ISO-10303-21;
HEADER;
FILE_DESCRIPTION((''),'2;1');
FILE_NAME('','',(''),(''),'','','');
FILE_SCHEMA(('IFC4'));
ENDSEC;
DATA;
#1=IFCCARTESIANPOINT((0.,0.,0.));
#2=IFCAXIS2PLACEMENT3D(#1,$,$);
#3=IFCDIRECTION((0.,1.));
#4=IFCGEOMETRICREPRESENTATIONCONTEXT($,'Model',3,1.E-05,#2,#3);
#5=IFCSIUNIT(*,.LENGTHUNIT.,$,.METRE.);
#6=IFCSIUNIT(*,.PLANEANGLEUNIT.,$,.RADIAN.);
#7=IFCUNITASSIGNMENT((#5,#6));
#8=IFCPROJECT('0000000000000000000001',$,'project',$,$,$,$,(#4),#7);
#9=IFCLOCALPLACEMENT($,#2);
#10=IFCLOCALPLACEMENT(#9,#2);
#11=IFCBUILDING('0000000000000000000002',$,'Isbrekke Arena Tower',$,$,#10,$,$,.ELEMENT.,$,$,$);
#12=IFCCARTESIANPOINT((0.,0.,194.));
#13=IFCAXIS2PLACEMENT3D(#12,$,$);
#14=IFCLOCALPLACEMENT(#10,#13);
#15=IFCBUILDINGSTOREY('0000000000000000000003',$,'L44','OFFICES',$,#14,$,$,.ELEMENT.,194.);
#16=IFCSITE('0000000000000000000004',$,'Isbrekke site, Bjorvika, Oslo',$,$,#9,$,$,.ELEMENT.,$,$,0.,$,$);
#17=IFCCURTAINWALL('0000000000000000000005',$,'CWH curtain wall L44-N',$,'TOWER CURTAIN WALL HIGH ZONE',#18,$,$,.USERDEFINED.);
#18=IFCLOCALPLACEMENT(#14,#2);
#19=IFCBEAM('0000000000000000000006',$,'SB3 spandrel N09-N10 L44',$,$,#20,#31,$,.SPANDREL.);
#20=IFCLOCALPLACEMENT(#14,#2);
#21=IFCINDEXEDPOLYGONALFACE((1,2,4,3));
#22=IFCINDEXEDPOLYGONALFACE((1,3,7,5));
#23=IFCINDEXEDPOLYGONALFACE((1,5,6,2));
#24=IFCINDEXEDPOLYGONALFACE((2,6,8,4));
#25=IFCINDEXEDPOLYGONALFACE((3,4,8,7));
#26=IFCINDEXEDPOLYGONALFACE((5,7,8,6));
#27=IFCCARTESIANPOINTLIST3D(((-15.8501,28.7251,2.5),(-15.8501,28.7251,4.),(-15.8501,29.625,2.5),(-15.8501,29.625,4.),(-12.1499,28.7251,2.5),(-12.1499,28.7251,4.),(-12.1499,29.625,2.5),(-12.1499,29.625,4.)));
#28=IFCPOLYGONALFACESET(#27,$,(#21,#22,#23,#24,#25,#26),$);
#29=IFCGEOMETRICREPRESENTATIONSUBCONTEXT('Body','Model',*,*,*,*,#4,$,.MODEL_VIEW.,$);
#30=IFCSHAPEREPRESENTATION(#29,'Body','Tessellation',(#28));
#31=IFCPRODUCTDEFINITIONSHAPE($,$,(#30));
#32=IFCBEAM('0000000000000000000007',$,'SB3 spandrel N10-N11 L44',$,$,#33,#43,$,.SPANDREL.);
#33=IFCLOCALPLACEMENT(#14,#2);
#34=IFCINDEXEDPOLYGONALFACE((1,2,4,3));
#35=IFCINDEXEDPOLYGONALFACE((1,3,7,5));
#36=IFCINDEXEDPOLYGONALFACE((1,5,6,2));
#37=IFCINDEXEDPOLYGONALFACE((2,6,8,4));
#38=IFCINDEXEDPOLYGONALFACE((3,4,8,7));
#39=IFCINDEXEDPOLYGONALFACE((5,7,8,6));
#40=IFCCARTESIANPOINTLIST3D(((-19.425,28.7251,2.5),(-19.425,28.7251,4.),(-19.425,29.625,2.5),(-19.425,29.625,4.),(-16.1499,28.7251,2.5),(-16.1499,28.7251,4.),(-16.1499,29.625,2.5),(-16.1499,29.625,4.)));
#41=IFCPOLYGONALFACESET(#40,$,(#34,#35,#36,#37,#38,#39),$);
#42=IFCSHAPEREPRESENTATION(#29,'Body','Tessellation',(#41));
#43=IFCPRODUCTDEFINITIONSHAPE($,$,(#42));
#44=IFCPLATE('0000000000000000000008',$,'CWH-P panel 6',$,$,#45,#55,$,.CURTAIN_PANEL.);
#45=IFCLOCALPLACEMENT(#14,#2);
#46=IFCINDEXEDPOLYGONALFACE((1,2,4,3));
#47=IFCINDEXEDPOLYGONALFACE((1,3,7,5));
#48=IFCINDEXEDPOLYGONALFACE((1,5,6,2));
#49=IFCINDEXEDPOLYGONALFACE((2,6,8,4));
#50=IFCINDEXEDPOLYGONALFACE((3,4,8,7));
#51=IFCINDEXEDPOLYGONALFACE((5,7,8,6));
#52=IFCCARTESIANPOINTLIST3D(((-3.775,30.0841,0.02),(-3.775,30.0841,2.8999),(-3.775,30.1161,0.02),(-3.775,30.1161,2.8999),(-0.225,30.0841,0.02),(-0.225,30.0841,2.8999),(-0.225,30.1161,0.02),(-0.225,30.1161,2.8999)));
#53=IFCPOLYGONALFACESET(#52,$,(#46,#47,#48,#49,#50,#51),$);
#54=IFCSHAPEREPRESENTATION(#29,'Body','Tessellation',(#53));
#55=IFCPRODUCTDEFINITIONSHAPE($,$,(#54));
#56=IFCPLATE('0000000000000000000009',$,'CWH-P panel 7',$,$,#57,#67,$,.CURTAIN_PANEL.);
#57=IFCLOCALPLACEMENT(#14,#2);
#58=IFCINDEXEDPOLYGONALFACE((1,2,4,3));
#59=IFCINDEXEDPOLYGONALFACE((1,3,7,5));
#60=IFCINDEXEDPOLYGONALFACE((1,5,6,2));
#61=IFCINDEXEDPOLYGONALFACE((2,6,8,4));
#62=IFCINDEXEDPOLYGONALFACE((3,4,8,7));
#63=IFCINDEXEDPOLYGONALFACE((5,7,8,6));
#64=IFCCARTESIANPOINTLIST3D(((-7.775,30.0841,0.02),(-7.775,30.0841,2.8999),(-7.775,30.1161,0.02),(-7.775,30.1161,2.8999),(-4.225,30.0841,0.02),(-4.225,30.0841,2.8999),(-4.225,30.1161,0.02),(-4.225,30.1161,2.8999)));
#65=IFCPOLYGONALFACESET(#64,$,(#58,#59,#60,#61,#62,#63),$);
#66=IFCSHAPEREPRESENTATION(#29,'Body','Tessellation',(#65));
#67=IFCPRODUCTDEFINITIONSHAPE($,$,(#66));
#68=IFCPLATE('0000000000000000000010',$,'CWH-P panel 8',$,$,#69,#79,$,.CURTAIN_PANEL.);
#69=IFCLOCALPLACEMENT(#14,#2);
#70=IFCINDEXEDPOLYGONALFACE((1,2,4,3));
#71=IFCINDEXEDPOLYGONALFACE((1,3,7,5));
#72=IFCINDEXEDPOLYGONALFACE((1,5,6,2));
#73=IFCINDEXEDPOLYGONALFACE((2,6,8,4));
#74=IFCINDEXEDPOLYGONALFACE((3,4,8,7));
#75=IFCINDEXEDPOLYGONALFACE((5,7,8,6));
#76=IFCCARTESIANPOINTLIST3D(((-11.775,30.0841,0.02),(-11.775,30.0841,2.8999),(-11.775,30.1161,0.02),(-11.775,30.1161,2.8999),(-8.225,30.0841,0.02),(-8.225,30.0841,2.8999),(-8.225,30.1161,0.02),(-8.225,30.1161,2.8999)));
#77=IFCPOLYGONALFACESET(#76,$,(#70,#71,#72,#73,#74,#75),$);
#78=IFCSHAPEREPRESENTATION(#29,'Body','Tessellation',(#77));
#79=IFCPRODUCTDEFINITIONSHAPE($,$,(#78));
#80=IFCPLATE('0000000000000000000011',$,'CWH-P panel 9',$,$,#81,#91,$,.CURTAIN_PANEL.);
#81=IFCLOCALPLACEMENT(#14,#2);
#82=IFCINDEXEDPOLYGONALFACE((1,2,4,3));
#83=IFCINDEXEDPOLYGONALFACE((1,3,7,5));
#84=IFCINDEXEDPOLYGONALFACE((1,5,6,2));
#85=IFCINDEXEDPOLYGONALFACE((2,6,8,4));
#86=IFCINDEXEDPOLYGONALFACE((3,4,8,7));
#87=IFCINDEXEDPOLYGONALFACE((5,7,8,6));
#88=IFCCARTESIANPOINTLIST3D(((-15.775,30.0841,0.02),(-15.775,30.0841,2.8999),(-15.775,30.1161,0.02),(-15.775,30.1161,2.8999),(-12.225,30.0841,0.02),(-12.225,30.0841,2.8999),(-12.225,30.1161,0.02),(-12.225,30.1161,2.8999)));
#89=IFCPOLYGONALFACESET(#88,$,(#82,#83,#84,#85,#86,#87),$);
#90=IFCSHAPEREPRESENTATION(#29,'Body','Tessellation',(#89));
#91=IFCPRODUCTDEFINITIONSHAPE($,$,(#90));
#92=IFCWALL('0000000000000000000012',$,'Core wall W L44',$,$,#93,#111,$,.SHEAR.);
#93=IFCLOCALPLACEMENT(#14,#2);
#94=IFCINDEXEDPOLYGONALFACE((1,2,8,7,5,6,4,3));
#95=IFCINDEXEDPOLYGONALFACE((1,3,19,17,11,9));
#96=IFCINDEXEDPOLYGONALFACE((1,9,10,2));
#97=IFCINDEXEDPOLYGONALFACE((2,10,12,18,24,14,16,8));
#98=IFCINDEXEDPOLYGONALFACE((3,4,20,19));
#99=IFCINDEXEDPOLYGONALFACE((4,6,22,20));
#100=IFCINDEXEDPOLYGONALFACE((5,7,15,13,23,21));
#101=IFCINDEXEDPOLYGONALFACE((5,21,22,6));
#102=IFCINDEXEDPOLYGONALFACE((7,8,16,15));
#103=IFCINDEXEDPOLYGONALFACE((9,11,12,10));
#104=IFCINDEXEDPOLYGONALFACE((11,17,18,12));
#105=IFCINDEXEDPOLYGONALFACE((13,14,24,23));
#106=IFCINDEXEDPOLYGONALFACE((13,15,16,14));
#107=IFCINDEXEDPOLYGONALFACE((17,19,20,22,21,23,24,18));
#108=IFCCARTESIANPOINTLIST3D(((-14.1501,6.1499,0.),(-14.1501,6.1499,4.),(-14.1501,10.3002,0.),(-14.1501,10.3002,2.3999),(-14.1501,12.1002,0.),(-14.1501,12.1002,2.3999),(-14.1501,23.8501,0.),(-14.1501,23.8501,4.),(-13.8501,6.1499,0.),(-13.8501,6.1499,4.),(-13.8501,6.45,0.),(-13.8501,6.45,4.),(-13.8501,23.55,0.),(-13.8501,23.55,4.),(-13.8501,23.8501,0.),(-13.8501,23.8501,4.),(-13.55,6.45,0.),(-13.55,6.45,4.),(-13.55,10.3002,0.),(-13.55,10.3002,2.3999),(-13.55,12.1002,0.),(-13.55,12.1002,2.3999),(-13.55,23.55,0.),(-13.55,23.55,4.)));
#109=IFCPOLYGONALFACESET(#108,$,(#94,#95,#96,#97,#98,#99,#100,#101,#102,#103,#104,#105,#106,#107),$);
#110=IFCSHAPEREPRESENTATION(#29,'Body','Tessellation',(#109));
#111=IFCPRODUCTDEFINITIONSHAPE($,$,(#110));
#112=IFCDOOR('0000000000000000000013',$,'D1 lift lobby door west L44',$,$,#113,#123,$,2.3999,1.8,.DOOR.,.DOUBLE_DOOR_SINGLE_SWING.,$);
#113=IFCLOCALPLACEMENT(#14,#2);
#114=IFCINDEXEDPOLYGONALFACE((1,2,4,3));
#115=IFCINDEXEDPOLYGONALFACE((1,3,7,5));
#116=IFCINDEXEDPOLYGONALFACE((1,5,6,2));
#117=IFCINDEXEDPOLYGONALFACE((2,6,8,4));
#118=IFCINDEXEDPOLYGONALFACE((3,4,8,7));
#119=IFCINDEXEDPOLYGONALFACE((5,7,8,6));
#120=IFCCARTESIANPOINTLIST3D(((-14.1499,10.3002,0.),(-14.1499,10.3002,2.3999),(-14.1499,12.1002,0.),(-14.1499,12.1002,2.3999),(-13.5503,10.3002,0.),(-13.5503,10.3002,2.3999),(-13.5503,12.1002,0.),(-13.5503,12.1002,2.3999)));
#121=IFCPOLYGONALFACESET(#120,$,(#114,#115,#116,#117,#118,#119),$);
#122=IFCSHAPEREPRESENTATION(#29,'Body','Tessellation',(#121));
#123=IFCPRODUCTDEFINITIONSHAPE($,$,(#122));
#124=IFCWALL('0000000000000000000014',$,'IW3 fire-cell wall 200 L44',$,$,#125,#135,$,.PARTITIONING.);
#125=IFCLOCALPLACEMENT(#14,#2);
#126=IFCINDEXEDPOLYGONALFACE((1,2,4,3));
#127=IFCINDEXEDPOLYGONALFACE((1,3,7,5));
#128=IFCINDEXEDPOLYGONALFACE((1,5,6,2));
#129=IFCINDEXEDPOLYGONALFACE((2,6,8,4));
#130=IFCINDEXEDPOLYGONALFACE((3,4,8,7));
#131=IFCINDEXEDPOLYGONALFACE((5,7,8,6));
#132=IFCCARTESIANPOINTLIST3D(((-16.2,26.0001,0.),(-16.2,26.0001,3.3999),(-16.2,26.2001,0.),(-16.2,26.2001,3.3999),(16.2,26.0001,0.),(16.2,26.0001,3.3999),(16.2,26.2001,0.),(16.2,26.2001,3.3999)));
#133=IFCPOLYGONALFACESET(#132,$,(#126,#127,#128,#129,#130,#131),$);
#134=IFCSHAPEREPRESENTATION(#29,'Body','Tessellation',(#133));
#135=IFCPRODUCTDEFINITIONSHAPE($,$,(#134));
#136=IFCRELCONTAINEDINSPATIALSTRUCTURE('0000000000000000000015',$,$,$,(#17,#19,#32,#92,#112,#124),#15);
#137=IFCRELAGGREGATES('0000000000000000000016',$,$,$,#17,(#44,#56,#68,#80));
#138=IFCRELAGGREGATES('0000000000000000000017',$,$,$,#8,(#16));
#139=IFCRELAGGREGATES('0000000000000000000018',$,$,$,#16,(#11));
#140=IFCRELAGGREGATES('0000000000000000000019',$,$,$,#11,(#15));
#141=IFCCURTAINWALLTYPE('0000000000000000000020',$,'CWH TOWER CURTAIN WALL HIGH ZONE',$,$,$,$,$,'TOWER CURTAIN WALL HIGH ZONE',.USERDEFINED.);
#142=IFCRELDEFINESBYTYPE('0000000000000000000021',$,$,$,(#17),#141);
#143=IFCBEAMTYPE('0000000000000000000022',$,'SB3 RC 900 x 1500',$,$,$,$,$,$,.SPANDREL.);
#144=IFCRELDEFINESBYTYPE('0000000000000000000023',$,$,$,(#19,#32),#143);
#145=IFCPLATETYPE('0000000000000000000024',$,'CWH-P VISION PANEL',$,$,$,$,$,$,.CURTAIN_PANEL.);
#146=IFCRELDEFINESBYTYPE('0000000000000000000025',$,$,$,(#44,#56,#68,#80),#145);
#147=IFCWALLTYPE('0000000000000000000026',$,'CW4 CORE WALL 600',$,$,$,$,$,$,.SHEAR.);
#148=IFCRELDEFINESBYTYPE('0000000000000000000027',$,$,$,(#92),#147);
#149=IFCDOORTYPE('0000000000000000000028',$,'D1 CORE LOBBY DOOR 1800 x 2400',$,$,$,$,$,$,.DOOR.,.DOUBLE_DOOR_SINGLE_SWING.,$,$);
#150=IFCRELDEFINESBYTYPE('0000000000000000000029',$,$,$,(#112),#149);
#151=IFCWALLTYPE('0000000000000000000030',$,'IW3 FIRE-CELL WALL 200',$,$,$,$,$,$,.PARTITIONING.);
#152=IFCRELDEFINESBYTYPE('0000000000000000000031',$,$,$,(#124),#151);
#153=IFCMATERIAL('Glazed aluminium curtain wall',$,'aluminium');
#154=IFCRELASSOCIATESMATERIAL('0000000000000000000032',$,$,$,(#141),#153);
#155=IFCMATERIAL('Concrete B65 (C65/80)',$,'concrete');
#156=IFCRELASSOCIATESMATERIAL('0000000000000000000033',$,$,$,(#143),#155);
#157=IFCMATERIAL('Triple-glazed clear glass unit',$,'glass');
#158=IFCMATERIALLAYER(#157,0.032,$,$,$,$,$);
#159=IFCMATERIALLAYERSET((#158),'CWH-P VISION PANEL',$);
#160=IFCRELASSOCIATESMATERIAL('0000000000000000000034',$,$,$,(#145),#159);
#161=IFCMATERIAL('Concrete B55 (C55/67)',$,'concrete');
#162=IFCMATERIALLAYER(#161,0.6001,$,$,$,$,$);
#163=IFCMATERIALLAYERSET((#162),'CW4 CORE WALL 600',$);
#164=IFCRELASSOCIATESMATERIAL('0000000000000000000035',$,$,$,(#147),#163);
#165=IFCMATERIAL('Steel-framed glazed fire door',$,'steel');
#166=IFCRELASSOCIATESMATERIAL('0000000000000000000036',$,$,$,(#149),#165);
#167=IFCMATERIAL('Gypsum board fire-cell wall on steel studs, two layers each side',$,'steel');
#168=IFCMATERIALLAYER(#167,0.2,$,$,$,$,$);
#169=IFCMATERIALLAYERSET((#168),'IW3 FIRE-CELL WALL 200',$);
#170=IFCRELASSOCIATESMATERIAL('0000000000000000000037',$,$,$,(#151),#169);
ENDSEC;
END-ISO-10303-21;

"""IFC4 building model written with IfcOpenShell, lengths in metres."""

from ifc_helpers import new_model, si_unit, direction, frame, frame_2d, origin, origin_2d, place, context, subcontext, project, spatial, polyline, rectangle, outline, extrude, material, layer, layer_set, material_profile, profile_set, type_object, element, fill, aggregate, save


model = new_model("IFC4")

# Units and contexts
model_context = context("Model", 3, precision=1e-05, world=origin(), true_north=direction((0.0, 1.0)))
body_context = subcontext(model_context, "Body", "Model", "MODEL_VIEW")
ifc_project = project(units=[si_unit("LENGTHUNIT", "METRE"), si_unit("PLANEANGLEUNIT", "RADIAN")], contexts=[model_context])

# Site, building, storey
site_placement = place(None, origin())
site = spatial("IfcSite", under=ifc_project, at=site_placement, Name="Isbrekke site, Bjorvika, Oslo", CompositionType="ELEMENT", RefElevation=0.0)
building_placement = place(site_placement, origin())
building = spatial("IfcBuilding", under=site, at=building_placement, Name="Isbrekke Arena Tower", CompositionType="ELEMENT")
storey_placement = place(building_placement, frame((0.0, 0.0, 194.0)))
storey = spatial("IfcBuildingStorey", under=building, at=storey_placement, Name="L44", Description="OFFICES", CompositionType="ELEMENT", Elevation=194.0)

# Curtain wall
ifc_material_1 = material(Name="Glazed aluminium curtain wall", Category="aluminium")
curtain_wall_type = type_object("IfcCurtainWallType", Name="CWH TOWER CURTAIN WALL HIGH ZONE", ElementType="TOWER CURTAIN WALL HIGH ZONE", PredefinedType="USERDEFINED", material=ifc_material_1)
curtain_wall_placement = place(storey_placement, origin())
curtain_wall = element("IfcCurtainWall", 1, at=curtain_wall_placement, inside=storey, type_object=curtain_wall_type, Name="CWH curtain wall L44-N", ObjectType="TOWER CURTAIN WALL HIGH ZONE", PredefinedType="USERDEFINED")

# Beams
ifc_material_2 = material(Name="Concrete B65 (C65/80)", Category="concrete")
ifc_material_profile_1 = material_profile(ifc_material_2, rectangle(XDim=0.8999, YDim=1.5, at=origin_2d()), Name="RC 900x1500")
ifc_profile_set_1 = profile_set([ifc_material_profile_1], Name="Concrete B65 (C65/80)")
beam_type_1 = type_object("IfcBeamType", Name="SB3 RC 900 x 1500", PredefinedType="SPANDREL", material=ifc_profile_set_1)
for number, where, z_axis, x_axis, name in (
    (2, (-12.1499, 29.175, 3.25), (-1.0, 0.0, 0.0), (0.0, -1.0, 0.0), "SB3 spandrel N09-N10 L44"),
):
    element("IfcBeam", number, at=place(storey_placement, frame(where, z_axis=z_axis, x_axis=x_axis)), inside=storey, type_object=beam_type_1, Name=name, PredefinedType="SPANDREL", context=body_context, shape_type="SweptSolid", body=[
        extrude(rectangle(XDim=0.8999, YDim=1.5, at=origin_2d()), origin(), (0.0, 0.0, 1.0), 3.7002),
    ])
beam_1_placement = place(storey_placement, frame((-16.1499, 29.175, 3.25), z_axis=(-1.0, 0.0, 0.0), x_axis=(0.0, -1.0, 0.0)))
element("IfcBeam", 3, at=beam_1_placement, inside=storey, type_object=beam_type_1, Name="SB3 spandrel N10-N11 L44", PredefinedType="SPANDREL", context=body_context, shape_type="SweptSolid", body=[
    extrude(rectangle(XDim=0.8999, YDim=1.5, at=origin_2d()), origin(), (0.0, 0.0, 1.0), 3.2751),
])

# Plates
ifc_material_3 = material(Name="Triple-glazed clear glass unit", Category="glass")
ifc_layer_1 = layer(ifc_material_3, 0.032)
ifc_layer_set_1 = layer_set([ifc_layer_1], Name="CWH-P VISION PANEL")
plate_type = type_object("IfcPlateType", Name="CWH-P VISION PANEL", PredefinedType="CURTAIN_PANEL", material=ifc_layer_set_1)
plate_1_placement = place(storey_placement, frame((-2.0, 30.1001, 0.02), z_axis=(0.0, 0.0, 1.0), x_axis=(-1.0, 0.0, 0.0)))
plate_1 = element("IfcPlate", 4, at=plate_1_placement, type_object=plate_type, Name="CWH-P panel 6", PredefinedType="CURTAIN_PANEL", context=body_context, shape_type="SweptSolid", body=[
    extrude(rectangle(XDim=3.55, YDim=0.032, at=origin_2d()), origin(), (0.0, 0.0, 1.0), 2.8799),
])
plate_2_placement = place(storey_placement, frame((-6.0, 30.1001, 0.02), z_axis=(0.0, 0.0, 1.0), x_axis=(-1.0, 0.0, 0.0)))
plate_2 = element("IfcPlate", 5, at=plate_2_placement, type_object=plate_type, Name="CWH-P panel 7", PredefinedType="CURTAIN_PANEL", context=body_context, shape_type="SweptSolid", body=[
    extrude(rectangle(XDim=3.55, YDim=0.032, at=origin_2d()), origin(), (0.0, 0.0, 1.0), 2.8799),
])
plate_3_placement = place(storey_placement, frame((-10.0, 30.1001, 0.02), z_axis=(0.0, 0.0, 1.0), x_axis=(-1.0, 0.0, 0.0)))
plate_3 = element("IfcPlate", 6, at=plate_3_placement, type_object=plate_type, Name="CWH-P panel 8", PredefinedType="CURTAIN_PANEL", context=body_context, shape_type="SweptSolid", body=[
    extrude(rectangle(XDim=3.55, YDim=0.032, at=origin_2d()), origin(), (0.0, 0.0, 1.0), 2.8799),
])
plate_4_placement = place(storey_placement, frame((-14.0, 30.1001, 0.02), z_axis=(0.0, 0.0, 1.0), x_axis=(-1.0, 0.0, 0.0)))
plate_4 = element("IfcPlate", 7, at=plate_4_placement, type_object=plate_type, Name="CWH-P panel 9", PredefinedType="CURTAIN_PANEL", context=body_context, shape_type="SweptSolid", body=[
    extrude(rectangle(XDim=3.55, YDim=0.032, at=origin_2d()), origin(), (0.0, 0.0, 1.0), 2.8799),
])
aggregate(curtain_wall, [plate_1, plate_2, plate_3, plate_4])

# Wall, opening, door
ifc_material_4 = material(Name="Concrete B55 (C55/67)", Category="concrete")
ifc_layer_2 = layer(ifc_material_4, 0.6001)
ifc_layer_set_2 = layer_set([ifc_layer_2], Name="CW4 CORE WALL 600")
wall_type_1 = type_object("IfcWallType", Name="CW4 CORE WALL 600", PredefinedType="SHEAR", material=ifc_layer_set_2)
wall_1_placement = place(storey_placement, frame((-13.8501, 23.8501, 0.0), z_axis=(0.0, 0.0, 1.0), x_axis=(0.0, -1.0, 0.0)))
wall_1 = element("IfcWall", 8, at=wall_1_placement, inside=storey, type_object=wall_type_1, Name="Core wall W L44", PredefinedType="SHEAR", context=body_context, shape_type="SweptSolid", body=[
    extrude(outline(polyline([(0.0, -0.3), (17.7002, -0.3), (17.7002, 0.0), (17.4001, 0.0), (17.4001, 0.3), (0.3, 0.3), (0.3, 0.0), (0.0, 0.0), (0.0, -0.3)])), origin(), (0.0, 0.0, 1.0), 4.0),
])
opening_placement = place(wall_1_placement, frame((11.75, 0.0, 0.0)))
opening = element("IfcOpeningElement", 9, at=opening_placement, cuts=wall_1, PredefinedType="OPENING", context=body_context, shape_type="SweptSolid", body=[
    extrude(rectangle(XDim=1.8, YDim=2.3999, at=frame_2d((0.8999, 1.2))), frame((0.0, 0.3149, 0.0), z_axis=(0.0, -1.0, 0.0), x_axis=(1.0, 0.0, 0.0)), (0.0, 0.0, 1.0), 0.6299),
])
ifc_material_5 = material(Name="Steel-framed glazed fire door", Category="steel")
door_type = type_object("IfcDoorType", Name="D1 CORE LOBBY DOOR 1800 x 2400", OperationType="DOUBLE_DOOR_SINGLE_SWING", PredefinedType="DOOR", material=ifc_material_5)
door_placement = place(opening_placement, origin())
door = element("IfcDoor", 10, at=door_placement, inside=storey, type_object=door_type, Name="D1 lift lobby door west L44", OperationType="DOUBLE_DOOR_SINGLE_SWING", OverallHeight=2.3999, OverallWidth=1.8, PredefinedType="DOOR", context=body_context, shape_type="SweptSolid", body=[
    extrude(rectangle(XDim=1.8, YDim=2.3999, at=frame_2d((0.8999, 1.2))), frame((0.0, 0.2998, 0.0), z_axis=(0.0, -1.0, 0.0), x_axis=(1.0, 0.0, 0.0)), (0.0, 0.0, 1.0), 0.5996),
])
fill(opening, door)

# Wall
ifc_material_6 = material(Name="Gypsum board fire-cell wall on steel studs, two layers each side", Category="steel")
ifc_layer_3 = layer(ifc_material_6, 0.2)
ifc_layer_set_3 = layer_set([ifc_layer_3], Name="IW3 FIRE-CELL WALL 200")
wall_type_2 = type_object("IfcWallType", Name="IW3 FIRE-CELL WALL 200", PredefinedType="PARTITIONING", material=ifc_layer_set_3)
wall_2_placement = place(storey_placement, frame((-16.2, 26.1001, 0.0), z_axis=(0.0, 0.0, 1.0), x_axis=(1.0, 0.0, 0.0)))
element("IfcWall", 11, at=wall_2_placement, inside=storey, type_object=wall_type_2, Name="IW3 fire-cell wall 200 L44", PredefinedType="PARTITIONING", context=body_context, shape_type="SweptSolid", body=[
    extrude(rectangle(XDim=32.3999, YDim=0.2, at=frame_2d((16.2, 0.0))), origin(), (0.0, 0.0, 1.0), 3.3999),
])

save(model, "model.ifc")
